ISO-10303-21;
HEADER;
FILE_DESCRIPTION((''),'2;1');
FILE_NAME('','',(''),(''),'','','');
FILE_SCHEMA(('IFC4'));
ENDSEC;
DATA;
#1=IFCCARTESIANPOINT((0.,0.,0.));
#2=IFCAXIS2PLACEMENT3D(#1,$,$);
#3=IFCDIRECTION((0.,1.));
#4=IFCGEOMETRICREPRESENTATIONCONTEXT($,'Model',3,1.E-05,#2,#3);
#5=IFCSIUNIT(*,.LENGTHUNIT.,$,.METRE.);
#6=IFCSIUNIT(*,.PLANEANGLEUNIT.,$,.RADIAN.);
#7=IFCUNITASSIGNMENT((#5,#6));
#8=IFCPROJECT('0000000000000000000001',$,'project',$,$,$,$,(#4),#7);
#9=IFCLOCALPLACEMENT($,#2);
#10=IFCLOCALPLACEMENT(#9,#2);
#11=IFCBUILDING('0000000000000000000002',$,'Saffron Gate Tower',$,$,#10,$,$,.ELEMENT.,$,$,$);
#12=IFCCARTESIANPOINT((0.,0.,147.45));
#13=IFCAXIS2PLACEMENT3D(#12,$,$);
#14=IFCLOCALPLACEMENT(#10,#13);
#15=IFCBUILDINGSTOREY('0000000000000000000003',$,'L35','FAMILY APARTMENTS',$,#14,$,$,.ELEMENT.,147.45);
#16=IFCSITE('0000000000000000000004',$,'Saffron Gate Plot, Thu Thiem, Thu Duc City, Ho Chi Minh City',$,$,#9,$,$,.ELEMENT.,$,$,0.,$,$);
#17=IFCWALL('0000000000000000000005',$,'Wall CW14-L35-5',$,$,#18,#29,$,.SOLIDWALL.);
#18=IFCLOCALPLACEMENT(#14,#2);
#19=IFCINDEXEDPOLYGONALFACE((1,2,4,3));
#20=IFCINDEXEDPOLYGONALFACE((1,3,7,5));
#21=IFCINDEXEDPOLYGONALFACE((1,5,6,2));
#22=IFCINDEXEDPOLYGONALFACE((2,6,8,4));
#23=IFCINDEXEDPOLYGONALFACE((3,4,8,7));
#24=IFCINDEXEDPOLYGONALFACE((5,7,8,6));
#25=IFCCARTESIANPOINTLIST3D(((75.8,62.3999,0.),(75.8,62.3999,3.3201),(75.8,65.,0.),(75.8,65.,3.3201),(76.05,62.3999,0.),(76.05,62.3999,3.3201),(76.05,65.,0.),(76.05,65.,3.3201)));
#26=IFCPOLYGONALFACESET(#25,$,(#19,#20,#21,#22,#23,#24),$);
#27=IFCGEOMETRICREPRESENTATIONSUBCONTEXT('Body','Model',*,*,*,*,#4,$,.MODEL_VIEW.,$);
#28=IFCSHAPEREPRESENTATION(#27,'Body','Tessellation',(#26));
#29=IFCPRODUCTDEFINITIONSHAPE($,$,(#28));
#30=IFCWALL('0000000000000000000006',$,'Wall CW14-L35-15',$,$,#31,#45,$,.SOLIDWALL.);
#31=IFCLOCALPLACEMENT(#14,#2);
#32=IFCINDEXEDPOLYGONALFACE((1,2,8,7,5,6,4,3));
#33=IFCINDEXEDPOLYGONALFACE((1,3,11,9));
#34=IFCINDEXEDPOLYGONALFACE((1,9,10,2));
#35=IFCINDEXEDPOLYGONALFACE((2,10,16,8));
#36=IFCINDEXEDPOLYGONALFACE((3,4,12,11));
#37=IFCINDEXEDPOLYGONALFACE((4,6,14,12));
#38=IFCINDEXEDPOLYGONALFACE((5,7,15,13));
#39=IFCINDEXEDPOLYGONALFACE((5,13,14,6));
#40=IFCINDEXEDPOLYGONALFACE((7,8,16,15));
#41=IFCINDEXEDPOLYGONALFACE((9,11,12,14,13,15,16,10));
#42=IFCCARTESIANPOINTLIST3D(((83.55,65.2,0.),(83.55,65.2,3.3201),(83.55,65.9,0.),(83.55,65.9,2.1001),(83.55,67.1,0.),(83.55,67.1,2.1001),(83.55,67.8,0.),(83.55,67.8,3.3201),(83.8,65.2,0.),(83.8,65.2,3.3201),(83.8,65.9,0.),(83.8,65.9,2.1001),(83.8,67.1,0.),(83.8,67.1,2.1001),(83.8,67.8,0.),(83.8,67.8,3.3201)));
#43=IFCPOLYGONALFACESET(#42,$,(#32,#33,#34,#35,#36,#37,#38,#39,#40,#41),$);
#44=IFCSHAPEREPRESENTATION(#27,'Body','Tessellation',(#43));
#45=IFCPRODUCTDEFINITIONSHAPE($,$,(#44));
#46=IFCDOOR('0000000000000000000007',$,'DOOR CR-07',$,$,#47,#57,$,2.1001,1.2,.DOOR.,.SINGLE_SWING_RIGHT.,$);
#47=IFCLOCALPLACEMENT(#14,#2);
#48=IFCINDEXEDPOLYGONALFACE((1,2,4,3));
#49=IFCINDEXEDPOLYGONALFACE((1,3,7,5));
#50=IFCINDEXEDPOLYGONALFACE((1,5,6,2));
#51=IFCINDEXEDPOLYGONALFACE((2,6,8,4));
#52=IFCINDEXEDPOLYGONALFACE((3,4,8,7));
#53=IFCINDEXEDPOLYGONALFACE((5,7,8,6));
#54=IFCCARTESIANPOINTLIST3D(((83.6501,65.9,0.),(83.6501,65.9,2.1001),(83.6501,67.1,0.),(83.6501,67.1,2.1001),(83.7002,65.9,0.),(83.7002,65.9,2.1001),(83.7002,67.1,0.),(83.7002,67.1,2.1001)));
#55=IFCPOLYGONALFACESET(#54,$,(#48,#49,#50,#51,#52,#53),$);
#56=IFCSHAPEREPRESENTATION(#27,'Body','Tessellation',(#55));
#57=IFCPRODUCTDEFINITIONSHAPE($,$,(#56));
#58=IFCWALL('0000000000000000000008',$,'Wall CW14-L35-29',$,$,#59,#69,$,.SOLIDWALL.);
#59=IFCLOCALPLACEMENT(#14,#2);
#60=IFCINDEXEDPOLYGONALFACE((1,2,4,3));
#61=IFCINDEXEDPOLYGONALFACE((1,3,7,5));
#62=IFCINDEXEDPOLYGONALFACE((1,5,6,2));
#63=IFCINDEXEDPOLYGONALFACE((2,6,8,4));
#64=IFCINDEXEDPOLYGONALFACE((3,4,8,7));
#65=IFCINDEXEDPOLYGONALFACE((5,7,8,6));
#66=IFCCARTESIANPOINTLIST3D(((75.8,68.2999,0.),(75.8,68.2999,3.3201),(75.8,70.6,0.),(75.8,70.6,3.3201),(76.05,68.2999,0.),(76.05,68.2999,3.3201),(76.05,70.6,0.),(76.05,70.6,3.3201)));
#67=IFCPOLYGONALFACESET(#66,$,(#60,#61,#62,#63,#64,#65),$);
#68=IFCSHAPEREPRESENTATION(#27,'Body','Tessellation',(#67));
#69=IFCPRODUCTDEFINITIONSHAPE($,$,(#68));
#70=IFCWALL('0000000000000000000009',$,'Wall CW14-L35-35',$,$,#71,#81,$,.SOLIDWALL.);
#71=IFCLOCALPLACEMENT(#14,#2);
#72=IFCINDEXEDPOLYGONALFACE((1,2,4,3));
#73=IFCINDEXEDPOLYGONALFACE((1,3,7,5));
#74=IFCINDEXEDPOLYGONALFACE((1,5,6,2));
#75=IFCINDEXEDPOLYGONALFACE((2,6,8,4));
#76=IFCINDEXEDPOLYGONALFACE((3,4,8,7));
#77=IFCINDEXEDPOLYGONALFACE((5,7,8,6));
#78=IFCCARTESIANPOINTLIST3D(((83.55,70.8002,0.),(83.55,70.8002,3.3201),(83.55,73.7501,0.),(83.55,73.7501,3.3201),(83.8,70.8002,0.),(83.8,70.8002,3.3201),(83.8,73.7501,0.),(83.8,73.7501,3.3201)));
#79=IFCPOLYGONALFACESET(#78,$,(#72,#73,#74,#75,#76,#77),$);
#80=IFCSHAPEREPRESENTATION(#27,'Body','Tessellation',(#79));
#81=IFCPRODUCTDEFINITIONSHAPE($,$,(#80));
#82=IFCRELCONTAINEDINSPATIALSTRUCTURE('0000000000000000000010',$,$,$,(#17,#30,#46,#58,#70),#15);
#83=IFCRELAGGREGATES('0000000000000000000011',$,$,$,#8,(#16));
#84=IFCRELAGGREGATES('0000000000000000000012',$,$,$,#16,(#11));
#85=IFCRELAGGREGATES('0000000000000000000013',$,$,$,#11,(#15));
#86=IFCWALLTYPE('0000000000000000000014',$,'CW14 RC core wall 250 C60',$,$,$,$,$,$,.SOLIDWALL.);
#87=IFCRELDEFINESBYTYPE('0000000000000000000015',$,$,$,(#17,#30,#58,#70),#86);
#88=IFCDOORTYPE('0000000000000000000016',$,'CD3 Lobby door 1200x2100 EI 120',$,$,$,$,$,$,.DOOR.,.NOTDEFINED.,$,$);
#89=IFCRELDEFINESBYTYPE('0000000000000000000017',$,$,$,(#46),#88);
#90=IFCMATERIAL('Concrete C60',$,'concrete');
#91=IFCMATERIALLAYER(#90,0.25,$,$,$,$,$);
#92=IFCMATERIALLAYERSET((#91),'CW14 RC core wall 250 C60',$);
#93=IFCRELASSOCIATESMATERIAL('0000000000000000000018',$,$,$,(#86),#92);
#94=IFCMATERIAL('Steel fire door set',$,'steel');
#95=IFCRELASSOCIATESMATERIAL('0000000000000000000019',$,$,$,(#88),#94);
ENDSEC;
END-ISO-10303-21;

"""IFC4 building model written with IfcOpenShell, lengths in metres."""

from ifc_helpers import new_model, si_unit, direction, frame, frame_2d, origin, place, context, subcontext, project, spatial, rectangle, extrude, material, layer, layer_set, type_object, element, fill, save


model = new_model("IFC4")

# Units and contexts
model_context = context("Model", 3, precision=1e-05, world=origin(), true_north=direction((0.0, 1.0)))
body_context = subcontext(model_context, "Body", "Model", "MODEL_VIEW")
ifc_project = project(units=[si_unit("LENGTHUNIT", "METRE"), si_unit("PLANEANGLEUNIT", "RADIAN")], contexts=[model_context])

# Site, building, storey
site_placement = place(None, origin())
site = spatial("IfcSite", under=ifc_project, at=site_placement, Name="Saffron Gate Plot, Thu Thiem, Thu Duc City, Ho Chi Minh City", CompositionType="ELEMENT", RefElevation=0.0)
building_placement = place(site_placement, origin())
building = spatial("IfcBuilding", under=site, at=building_placement, Name="Saffron Gate Tower", CompositionType="ELEMENT")
storey_placement = place(building_placement, frame((0.0, 0.0, 147.45)))
storey = spatial("IfcBuildingStorey", under=building, at=storey_placement, Name="L35", Description="FAMILY APARTMENTS", CompositionType="ELEMENT", Elevation=147.45)

# Wall
ifc_material_1 = material(Name="Concrete C60", Category="concrete")
ifc_layer_1 = layer(ifc_material_1, 0.25)
ifc_layer_set_1 = layer_set([ifc_layer_1], Name="CW14 RC core wall 250 C60")
wall_type_1 = type_object("IfcWallType", Name="CW14 RC core wall 250 C60", PredefinedType="SOLIDWALL", material=ifc_layer_set_1)
wall_1_placement = place(storey_placement, frame((75.925, 62.3999, 0.0), z_axis=(0.0, 0.0, 1.0), x_axis=(0.0, 1.0, 0.0)))
element("IfcWall", 1, at=wall_1_placement, inside=storey, type_object=wall_type_1, Name="Wall CW14-L35-5", PredefinedType="SOLIDWALL", context=body_context, shape_type="SweptSolid", body=[
    extrude(rectangle(XDim=2.6001, YDim=0.25, at=frame_2d((1.3, 0.0))), origin(), (0.0, 0.0, 1.0), 3.3201),
])

# Wall, opening, door
wall_2_placement = place(storey_placement, frame((83.675, 65.2, 0.0), z_axis=(0.0, 0.0, 1.0), x_axis=(0.0, 1.0, 0.0)))
wall_2 = element("IfcWall", 2, at=wall_2_placement, inside=storey, type_object=wall_type_1, Name="Wall CW14-L35-15", PredefinedType="SOLIDWALL", context=body_context, shape_type="SweptSolid", body=[
    extrude(rectangle(XDim=2.6001, YDim=0.25, at=frame_2d((1.3, 0.0))), origin(), (0.0, 0.0, 1.0), 3.3201),
])
opening_1_placement = place(wall_2_placement, frame((0.7, 0.0, 0.0)))
opening_1 = element("IfcOpeningElement", 3, at=opening_1_placement, cuts=wall_2, PredefinedType="OPENING", context=body_context, shape_type="SweptSolid", body=[
    extrude(rectangle(XDim=1.2, YDim=2.1001, at=frame_2d((0.6001, 1.05))), frame((0.0, 0.135, 0.0), z_axis=(0.0, -1.0, 0.0), x_axis=(1.0, 0.0, 0.0)), (0.0, 0.0, 1.0), 0.27),
])
ifc_material_2 = material(Name="Steel fire door set", Category="steel")
door_type_1 = type_object("IfcDoorType", Name="CD3 Lobby door 1200x2100 EI 120", OperationType="NOTDEFINED", PredefinedType="DOOR", material=ifc_material_2)
door_1_placement = place(opening_1_placement, origin())
door_1 = element("IfcDoor", 4, at=door_1_placement, inside=storey, type_object=door_type_1, Name="DOOR CR-07", OperationType="SINGLE_SWING_RIGHT", OverallHeight=2.1001, OverallWidth=1.2, PredefinedType="DOOR", context=body_context, shape_type="SweptSolid", body=[
    extrude(rectangle(XDim=1.2, YDim=2.1001, at=frame_2d((0.6001, 1.05))), frame((0.0, 0.0249, 0.0), z_axis=(0.0, -1.0, 0.0), x_axis=(1.0, 0.0, 0.0)), (0.0, 0.0, 1.0), 0.05),
])
fill(opening_1, door_1)

# Walls
wall_3_placement = place(storey_placement, frame((75.925, 68.3, 0.0), z_axis=(0.0, 0.0, 1.0), x_axis=(0.0, 1.0, 0.0)))
element("IfcWall", 5, at=wall_3_placement, inside=storey, type_object=wall_type_1, Name="Wall CW14-L35-29", PredefinedType="SOLIDWALL", context=body_context, shape_type="SweptSolid", body=[
    extrude(rectangle(XDim=2.3, YDim=0.25, at=frame_2d((1.1499, 0.0))), origin(), (0.0, 0.0, 1.0), 3.3201),
])
wall_4_placement = place(storey_placement, frame((83.675, 70.8, 0.0), z_axis=(0.0, 0.0, 1.0), x_axis=(0.0, 1.0, 0.0)))
element("IfcWall", 6, at=wall_4_placement, inside=storey, type_object=wall_type_1, Name="Wall CW14-L35-35", PredefinedType="SOLIDWALL", context=body_context, shape_type="SweptSolid", body=[
    extrude(rectangle(XDim=2.95, YDim=0.25, at=frame_2d((1.4751, 0.0))), origin(), (0.0, 0.0, 1.0), 3.3201),
])

save(model, "model.ifc")
